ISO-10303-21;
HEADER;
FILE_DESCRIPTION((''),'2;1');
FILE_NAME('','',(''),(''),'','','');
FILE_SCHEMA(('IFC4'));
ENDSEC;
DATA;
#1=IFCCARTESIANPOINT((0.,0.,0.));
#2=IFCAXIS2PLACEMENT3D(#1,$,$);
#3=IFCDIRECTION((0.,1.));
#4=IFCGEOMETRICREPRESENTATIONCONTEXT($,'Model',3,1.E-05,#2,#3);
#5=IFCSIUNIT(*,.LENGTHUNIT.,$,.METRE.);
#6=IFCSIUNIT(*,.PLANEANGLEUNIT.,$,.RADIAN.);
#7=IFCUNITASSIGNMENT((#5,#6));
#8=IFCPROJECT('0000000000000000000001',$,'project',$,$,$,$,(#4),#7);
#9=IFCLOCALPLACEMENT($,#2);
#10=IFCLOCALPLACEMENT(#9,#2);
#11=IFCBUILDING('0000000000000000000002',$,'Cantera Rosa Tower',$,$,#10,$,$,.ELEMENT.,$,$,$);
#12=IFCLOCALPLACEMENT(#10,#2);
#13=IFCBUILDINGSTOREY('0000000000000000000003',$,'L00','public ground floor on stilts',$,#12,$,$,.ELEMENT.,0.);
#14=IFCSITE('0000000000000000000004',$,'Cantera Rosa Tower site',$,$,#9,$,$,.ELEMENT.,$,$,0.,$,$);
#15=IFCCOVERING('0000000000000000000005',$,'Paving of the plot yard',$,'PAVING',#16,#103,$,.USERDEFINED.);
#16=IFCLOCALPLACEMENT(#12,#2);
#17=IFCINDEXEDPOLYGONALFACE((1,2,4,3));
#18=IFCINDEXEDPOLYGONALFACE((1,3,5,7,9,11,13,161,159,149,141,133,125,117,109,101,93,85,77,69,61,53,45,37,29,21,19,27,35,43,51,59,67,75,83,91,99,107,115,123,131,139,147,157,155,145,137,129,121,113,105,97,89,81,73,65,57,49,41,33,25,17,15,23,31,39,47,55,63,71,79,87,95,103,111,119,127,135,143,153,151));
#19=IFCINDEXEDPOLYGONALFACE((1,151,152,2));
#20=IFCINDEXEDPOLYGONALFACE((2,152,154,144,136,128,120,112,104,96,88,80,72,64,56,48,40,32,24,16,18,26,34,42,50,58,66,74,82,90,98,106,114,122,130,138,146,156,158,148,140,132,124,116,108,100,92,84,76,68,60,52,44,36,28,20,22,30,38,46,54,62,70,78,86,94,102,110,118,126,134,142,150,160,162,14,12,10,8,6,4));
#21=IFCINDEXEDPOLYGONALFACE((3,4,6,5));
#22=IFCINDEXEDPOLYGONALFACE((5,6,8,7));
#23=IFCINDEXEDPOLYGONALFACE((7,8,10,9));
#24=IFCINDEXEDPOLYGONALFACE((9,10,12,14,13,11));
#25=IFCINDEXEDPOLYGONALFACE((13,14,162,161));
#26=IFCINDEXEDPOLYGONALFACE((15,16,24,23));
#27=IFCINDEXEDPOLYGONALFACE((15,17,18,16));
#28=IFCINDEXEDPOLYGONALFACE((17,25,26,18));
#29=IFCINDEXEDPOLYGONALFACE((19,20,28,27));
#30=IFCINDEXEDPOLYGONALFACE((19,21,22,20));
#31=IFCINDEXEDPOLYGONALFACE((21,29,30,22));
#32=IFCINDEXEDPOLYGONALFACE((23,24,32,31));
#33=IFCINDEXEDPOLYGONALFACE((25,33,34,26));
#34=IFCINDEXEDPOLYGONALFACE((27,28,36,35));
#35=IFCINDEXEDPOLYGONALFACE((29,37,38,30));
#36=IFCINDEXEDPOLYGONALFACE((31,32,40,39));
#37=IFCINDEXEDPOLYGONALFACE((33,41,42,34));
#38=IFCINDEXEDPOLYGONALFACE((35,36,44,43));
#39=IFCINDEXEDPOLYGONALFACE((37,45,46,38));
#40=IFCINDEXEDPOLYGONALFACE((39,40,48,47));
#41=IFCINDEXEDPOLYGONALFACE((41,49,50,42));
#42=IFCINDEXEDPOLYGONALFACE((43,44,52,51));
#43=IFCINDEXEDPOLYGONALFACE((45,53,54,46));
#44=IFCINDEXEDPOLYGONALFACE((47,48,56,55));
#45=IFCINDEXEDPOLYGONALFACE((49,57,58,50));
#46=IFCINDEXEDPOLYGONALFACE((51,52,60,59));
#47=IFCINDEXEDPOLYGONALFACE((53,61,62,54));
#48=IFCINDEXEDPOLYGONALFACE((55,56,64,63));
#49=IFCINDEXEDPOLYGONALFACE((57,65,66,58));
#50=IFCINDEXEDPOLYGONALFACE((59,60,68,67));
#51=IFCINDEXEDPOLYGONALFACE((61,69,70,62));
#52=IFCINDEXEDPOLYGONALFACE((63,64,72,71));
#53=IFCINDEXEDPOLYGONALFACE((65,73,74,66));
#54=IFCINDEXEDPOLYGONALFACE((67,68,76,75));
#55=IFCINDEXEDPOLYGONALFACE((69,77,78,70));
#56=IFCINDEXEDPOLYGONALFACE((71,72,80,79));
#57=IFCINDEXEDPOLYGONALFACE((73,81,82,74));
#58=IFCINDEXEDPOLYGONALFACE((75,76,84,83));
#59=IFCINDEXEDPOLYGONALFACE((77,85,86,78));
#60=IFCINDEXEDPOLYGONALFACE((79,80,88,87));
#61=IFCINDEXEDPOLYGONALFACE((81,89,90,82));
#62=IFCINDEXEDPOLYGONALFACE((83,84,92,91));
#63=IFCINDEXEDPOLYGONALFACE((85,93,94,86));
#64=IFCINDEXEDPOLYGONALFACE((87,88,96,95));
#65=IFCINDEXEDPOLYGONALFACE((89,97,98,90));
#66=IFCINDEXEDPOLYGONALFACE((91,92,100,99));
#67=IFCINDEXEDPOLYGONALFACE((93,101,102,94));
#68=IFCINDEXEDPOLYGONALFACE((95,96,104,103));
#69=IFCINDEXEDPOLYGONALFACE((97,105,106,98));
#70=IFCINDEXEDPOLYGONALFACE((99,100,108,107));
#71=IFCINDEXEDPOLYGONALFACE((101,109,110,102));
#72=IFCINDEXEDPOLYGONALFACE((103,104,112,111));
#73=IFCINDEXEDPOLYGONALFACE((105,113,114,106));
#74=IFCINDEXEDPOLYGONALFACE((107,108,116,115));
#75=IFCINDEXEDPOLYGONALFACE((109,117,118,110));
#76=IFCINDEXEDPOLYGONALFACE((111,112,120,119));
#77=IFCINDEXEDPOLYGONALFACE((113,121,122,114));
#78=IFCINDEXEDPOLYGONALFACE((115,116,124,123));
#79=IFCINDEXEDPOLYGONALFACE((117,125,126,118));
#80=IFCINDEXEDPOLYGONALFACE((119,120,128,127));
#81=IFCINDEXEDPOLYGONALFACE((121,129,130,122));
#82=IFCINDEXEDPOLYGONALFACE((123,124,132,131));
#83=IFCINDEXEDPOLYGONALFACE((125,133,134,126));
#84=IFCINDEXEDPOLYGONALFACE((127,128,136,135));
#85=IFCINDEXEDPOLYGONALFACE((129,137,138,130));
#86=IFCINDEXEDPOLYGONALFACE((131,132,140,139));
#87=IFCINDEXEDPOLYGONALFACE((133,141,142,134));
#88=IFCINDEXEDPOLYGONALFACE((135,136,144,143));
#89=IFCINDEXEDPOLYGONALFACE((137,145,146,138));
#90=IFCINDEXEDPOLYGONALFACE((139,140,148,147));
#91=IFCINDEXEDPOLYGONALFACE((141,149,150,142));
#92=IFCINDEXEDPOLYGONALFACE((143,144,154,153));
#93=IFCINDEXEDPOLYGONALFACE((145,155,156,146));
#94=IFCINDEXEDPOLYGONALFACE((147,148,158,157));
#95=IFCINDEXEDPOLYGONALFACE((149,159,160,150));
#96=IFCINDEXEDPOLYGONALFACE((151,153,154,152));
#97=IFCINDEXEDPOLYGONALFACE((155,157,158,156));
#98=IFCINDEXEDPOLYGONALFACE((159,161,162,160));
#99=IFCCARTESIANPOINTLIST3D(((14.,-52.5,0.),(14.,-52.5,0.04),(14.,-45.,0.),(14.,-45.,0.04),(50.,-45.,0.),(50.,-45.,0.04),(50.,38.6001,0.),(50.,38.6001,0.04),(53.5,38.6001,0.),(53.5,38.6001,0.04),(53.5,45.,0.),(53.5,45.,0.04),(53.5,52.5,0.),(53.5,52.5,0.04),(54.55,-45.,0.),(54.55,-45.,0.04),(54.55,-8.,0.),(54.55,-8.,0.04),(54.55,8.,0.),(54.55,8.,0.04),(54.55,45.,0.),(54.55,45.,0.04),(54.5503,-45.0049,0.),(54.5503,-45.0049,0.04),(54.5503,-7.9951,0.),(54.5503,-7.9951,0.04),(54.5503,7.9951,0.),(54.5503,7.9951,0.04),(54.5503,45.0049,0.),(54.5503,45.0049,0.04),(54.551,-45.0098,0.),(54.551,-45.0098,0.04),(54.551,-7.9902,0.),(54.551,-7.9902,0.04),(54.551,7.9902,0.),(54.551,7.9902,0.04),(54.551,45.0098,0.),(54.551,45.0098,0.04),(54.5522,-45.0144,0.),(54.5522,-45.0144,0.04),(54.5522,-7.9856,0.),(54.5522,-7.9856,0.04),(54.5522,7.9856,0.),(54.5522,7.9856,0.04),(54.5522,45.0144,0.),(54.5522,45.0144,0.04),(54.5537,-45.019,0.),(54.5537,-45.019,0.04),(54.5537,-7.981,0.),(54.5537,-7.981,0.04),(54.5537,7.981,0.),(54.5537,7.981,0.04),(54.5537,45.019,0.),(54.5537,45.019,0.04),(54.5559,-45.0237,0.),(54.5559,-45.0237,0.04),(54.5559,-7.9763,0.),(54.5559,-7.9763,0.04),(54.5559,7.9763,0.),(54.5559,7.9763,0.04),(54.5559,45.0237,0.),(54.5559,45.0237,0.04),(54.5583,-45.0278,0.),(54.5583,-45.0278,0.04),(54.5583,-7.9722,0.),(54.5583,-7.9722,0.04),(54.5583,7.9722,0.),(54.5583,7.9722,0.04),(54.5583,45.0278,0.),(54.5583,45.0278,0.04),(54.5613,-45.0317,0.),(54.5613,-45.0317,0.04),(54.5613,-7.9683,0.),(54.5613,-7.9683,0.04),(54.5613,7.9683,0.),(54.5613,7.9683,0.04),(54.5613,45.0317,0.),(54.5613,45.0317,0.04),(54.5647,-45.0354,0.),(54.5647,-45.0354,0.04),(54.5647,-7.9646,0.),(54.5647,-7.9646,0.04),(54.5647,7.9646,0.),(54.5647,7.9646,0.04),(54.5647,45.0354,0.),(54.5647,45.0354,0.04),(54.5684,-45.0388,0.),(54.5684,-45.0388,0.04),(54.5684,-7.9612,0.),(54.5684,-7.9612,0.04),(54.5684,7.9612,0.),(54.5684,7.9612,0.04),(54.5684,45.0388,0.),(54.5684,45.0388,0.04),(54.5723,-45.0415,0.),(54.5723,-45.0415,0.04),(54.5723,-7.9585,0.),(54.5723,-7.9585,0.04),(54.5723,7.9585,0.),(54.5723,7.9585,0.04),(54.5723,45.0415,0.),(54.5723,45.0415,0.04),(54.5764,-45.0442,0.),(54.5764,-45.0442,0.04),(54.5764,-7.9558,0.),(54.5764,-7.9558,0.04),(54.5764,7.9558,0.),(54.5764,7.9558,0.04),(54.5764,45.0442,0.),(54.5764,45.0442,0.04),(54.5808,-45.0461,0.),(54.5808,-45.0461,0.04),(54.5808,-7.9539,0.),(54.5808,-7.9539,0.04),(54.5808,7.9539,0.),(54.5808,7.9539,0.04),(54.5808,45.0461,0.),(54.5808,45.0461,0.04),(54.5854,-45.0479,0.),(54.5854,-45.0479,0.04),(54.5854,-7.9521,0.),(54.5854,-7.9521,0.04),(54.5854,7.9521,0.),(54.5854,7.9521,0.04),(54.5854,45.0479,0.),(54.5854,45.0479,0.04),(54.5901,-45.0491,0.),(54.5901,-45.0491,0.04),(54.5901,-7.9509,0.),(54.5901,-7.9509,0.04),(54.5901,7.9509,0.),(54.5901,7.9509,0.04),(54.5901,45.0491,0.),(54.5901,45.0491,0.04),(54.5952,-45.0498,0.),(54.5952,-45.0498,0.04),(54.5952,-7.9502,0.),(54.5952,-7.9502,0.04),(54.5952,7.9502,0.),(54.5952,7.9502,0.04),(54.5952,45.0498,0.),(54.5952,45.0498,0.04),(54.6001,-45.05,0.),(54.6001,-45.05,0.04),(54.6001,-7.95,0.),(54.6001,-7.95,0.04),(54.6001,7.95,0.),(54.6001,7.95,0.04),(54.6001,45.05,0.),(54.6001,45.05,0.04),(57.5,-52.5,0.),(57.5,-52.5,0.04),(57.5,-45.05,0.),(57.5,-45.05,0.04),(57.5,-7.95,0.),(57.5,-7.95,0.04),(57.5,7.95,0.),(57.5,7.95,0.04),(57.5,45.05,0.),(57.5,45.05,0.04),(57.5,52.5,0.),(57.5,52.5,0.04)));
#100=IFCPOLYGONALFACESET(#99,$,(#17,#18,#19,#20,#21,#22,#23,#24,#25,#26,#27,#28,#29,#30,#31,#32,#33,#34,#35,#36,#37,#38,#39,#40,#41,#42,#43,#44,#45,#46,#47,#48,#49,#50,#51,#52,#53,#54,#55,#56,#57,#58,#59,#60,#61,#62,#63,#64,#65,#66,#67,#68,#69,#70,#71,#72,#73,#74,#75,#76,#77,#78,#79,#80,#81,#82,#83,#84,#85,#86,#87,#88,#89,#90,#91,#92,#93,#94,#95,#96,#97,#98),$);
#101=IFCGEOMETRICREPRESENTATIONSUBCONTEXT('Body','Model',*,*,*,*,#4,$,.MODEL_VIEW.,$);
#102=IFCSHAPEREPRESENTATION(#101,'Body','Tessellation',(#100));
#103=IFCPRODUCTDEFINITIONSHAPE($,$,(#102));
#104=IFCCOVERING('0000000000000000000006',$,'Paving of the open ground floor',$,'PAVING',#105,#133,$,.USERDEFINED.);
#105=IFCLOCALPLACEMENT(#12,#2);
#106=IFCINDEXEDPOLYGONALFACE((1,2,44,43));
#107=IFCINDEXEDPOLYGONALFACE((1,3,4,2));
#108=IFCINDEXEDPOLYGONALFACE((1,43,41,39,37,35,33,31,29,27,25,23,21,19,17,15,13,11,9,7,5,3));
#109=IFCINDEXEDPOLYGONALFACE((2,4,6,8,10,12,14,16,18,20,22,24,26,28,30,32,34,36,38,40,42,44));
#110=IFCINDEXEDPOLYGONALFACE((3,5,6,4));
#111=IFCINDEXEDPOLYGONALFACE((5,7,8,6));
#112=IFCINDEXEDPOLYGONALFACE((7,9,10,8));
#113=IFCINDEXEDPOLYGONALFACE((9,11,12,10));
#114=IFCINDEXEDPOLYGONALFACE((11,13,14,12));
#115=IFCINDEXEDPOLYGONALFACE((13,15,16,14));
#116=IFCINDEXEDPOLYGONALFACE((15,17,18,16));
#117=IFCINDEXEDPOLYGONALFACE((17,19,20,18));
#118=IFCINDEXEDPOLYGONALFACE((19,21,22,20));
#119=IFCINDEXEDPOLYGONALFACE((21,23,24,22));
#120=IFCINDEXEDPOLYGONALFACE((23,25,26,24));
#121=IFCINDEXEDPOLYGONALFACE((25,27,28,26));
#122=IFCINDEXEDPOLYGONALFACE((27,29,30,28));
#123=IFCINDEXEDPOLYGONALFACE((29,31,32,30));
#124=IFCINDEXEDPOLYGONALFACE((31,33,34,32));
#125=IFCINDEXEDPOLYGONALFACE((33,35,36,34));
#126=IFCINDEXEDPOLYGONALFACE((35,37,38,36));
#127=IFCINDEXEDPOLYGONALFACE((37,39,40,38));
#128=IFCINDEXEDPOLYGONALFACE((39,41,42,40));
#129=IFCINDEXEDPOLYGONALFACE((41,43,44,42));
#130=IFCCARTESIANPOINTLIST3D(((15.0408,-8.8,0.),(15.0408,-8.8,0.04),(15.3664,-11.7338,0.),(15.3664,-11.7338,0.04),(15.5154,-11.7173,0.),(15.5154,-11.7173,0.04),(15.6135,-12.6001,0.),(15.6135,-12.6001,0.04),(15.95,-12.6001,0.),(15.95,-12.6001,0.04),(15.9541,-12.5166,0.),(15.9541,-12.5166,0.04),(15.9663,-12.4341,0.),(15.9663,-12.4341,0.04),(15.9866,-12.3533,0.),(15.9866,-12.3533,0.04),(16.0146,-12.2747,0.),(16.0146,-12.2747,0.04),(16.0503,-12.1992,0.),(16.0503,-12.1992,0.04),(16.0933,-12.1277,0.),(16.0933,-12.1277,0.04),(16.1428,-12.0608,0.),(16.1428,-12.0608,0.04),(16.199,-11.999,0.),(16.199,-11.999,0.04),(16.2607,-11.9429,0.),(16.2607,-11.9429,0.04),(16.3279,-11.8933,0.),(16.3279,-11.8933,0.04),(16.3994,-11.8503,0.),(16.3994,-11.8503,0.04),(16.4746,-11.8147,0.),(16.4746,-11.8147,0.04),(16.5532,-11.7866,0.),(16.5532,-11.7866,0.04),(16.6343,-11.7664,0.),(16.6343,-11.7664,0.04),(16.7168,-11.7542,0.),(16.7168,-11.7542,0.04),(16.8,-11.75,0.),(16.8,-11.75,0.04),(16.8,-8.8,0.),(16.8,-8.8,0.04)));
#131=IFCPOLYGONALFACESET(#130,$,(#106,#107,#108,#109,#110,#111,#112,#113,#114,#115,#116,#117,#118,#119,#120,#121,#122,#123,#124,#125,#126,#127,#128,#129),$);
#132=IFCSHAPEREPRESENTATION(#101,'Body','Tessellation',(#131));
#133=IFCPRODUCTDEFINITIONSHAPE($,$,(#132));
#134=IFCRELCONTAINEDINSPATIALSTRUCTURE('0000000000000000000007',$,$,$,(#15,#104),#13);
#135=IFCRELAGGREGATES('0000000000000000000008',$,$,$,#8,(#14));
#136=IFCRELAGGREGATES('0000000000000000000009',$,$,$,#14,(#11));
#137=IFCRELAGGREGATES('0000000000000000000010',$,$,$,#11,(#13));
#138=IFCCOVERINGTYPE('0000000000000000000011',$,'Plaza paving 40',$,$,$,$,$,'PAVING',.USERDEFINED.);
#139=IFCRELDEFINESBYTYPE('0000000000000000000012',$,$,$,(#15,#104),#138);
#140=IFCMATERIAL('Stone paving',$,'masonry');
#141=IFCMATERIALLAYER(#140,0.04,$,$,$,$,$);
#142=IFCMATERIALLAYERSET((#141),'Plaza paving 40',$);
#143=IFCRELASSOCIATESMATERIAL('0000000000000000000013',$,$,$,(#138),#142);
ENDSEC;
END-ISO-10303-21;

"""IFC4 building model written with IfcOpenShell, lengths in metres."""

from ifc_helpers import new_model, si_unit, direction, origin, place, context, subcontext, project, spatial, polyline, outline, extrude, material, layer, layer_set, type_object, element, save


model = new_model("IFC4")

# Units and contexts
model_context = context("Model", 3, precision=1e-05, world=origin(), true_north=direction((0.0, 1.0)))
body_context = subcontext(model_context, "Body", "Model", "MODEL_VIEW")
ifc_project = project(units=[si_unit("LENGTHUNIT", "METRE"), si_unit("PLANEANGLEUNIT", "RADIAN")], contexts=[model_context])

# Site, building, storey
site_placement = place(None, origin())
site = spatial("IfcSite", under=ifc_project, at=site_placement, Name="Cantera Rosa Tower site", CompositionType="ELEMENT", RefElevation=0.0)
building_placement = place(site_placement, origin())
building = spatial("IfcBuilding", under=site, at=building_placement, Name="Cantera Rosa Tower", CompositionType="ELEMENT")
storey_placement = place(building_placement, origin())
storey = spatial("IfcBuildingStorey", under=building, at=storey_placement, Name="L00", Description="public ground floor on stilts", CompositionType="ELEMENT", Elevation=0.0)

# Coverings
ifc_material_1 = material(Name="Stone paving", Category="masonry")
ifc_layer_1 = layer(ifc_material_1, 0.04)
ifc_layer_set_1 = layer_set([ifc_layer_1], Name="Plaza paving 40")
covering_type = type_object("IfcCoveringType", Name="Plaza paving 40", ElementType="PAVING", PredefinedType="USERDEFINED", material=ifc_layer_set_1)
covering_1_placement = place(storey_placement, origin())
element("IfcCovering", 1, at=covering_1_placement, inside=storey, type_object=covering_type, Name="Paving of the plot yard", ObjectType="PAVING", PredefinedType="USERDEFINED", context=body_context, shape_type="SweptSolid", body=[
    extrude(outline(polyline([(50.0, -45.0), (14.0, -45.0), (14.0, -52.5), (57.5, -52.5), (57.5, -45.05), (54.6001, -45.05), (54.5952, -45.0498), (54.5901, -45.0491), (54.5854, -45.0479), (54.5808, -45.0461), (54.5764, -45.0442), (54.5723, -45.0415), (54.5684, -45.0388), (54.5647, -45.0354), (54.5613, -45.0317), (54.5583, -45.0278), (54.5559, -45.0237), (54.5537, -45.019), (54.5522, -45.0144), (54.551, -45.0098), (54.5503, -45.0049), (54.55, -45.0), (54.55, -8.0), (54.5503, -7.9951), (54.551, -7.9902), (54.5522, -7.9856), (54.5537, -7.981), (54.5559, -7.9763), (54.5583, -7.9722), (54.5613, -7.9683), (54.5647, -7.9646), (54.5684, -7.9612), (54.5723, -7.9585), (54.5764, -7.9558), (54.5808, -7.9539), (54.5854, -7.9521), (54.5901, -7.9509), (54.5952, -7.9502), (54.6001, -7.95), (57.5, -7.95), (57.5, 7.95), (54.6001, 7.95), (54.5952, 7.9502), (54.5901, 7.9509), (54.5854, 7.9521), (54.5808, 7.9539), (54.5764, 7.9558), (54.5723, 7.9585), (54.5684, 7.9612), (54.5647, 7.9646), (54.5613, 7.9683), (54.5583, 7.9722), (54.5559, 7.9763), (54.5537, 7.981), (54.5522, 7.9856), (54.551, 7.9902), (54.5503, 7.9951), (54.55, 8.0), (54.55, 45.0), (54.5503, 45.0049), (54.551, 45.0098), (54.5522, 45.0144), (54.5537, 45.019), (54.5559, 45.0237), (54.5583, 45.0278), (54.5613, 45.0317), (54.5647, 45.0354), (54.5684, 45.0388), (54.5723, 45.0415), (54.5764, 45.0442), (54.5808, 45.0461), (54.5854, 45.0479), (54.5901, 45.0491), (54.5952, 45.0498), (54.6001, 45.05), (57.5, 45.05), (57.5, 52.5), (53.5, 52.5), (53.5, 45.0), (53.5, 38.6001), (50.0, 38.6001), (50.0, -45.0)])), origin(), (0.0, 0.0, 1.0), 0.04),
])
covering_2_placement = place(storey_placement, origin())
element("IfcCovering", 2, at=covering_2_placement, inside=storey, type_object=covering_type, Name="Paving of the open ground floor", ObjectType="PAVING", PredefinedType="USERDEFINED", context=body_context, shape_type="SweptSolid", body=[
    extrude(outline(polyline([(16.8, -11.75), (16.8, -8.8), (15.0408, -8.8), (15.3665, -11.7339), (14.5381, -11.8257), (15.5154, -11.7173), (15.6135, -12.6001), (15.95, -12.6001), (15.9541, -12.5166), (15.9663, -12.4341), (15.9866, -12.3533), (16.0146, -12.2747), (16.0503, -12.1992), (16.0933, -12.1277), (16.1428, -12.0608), (16.199, -11.999), (16.2607, -11.9429), (16.3279, -11.8933), (16.3994, -11.8503), (16.4746, -11.8147), (16.5532, -11.7866), (16.6343, -11.7664), (16.7168, -11.7542), (16.8, -11.75)])), origin(), (0.0, 0.0, 1.0), 0.04),
])

save(model, "model.ifc")
